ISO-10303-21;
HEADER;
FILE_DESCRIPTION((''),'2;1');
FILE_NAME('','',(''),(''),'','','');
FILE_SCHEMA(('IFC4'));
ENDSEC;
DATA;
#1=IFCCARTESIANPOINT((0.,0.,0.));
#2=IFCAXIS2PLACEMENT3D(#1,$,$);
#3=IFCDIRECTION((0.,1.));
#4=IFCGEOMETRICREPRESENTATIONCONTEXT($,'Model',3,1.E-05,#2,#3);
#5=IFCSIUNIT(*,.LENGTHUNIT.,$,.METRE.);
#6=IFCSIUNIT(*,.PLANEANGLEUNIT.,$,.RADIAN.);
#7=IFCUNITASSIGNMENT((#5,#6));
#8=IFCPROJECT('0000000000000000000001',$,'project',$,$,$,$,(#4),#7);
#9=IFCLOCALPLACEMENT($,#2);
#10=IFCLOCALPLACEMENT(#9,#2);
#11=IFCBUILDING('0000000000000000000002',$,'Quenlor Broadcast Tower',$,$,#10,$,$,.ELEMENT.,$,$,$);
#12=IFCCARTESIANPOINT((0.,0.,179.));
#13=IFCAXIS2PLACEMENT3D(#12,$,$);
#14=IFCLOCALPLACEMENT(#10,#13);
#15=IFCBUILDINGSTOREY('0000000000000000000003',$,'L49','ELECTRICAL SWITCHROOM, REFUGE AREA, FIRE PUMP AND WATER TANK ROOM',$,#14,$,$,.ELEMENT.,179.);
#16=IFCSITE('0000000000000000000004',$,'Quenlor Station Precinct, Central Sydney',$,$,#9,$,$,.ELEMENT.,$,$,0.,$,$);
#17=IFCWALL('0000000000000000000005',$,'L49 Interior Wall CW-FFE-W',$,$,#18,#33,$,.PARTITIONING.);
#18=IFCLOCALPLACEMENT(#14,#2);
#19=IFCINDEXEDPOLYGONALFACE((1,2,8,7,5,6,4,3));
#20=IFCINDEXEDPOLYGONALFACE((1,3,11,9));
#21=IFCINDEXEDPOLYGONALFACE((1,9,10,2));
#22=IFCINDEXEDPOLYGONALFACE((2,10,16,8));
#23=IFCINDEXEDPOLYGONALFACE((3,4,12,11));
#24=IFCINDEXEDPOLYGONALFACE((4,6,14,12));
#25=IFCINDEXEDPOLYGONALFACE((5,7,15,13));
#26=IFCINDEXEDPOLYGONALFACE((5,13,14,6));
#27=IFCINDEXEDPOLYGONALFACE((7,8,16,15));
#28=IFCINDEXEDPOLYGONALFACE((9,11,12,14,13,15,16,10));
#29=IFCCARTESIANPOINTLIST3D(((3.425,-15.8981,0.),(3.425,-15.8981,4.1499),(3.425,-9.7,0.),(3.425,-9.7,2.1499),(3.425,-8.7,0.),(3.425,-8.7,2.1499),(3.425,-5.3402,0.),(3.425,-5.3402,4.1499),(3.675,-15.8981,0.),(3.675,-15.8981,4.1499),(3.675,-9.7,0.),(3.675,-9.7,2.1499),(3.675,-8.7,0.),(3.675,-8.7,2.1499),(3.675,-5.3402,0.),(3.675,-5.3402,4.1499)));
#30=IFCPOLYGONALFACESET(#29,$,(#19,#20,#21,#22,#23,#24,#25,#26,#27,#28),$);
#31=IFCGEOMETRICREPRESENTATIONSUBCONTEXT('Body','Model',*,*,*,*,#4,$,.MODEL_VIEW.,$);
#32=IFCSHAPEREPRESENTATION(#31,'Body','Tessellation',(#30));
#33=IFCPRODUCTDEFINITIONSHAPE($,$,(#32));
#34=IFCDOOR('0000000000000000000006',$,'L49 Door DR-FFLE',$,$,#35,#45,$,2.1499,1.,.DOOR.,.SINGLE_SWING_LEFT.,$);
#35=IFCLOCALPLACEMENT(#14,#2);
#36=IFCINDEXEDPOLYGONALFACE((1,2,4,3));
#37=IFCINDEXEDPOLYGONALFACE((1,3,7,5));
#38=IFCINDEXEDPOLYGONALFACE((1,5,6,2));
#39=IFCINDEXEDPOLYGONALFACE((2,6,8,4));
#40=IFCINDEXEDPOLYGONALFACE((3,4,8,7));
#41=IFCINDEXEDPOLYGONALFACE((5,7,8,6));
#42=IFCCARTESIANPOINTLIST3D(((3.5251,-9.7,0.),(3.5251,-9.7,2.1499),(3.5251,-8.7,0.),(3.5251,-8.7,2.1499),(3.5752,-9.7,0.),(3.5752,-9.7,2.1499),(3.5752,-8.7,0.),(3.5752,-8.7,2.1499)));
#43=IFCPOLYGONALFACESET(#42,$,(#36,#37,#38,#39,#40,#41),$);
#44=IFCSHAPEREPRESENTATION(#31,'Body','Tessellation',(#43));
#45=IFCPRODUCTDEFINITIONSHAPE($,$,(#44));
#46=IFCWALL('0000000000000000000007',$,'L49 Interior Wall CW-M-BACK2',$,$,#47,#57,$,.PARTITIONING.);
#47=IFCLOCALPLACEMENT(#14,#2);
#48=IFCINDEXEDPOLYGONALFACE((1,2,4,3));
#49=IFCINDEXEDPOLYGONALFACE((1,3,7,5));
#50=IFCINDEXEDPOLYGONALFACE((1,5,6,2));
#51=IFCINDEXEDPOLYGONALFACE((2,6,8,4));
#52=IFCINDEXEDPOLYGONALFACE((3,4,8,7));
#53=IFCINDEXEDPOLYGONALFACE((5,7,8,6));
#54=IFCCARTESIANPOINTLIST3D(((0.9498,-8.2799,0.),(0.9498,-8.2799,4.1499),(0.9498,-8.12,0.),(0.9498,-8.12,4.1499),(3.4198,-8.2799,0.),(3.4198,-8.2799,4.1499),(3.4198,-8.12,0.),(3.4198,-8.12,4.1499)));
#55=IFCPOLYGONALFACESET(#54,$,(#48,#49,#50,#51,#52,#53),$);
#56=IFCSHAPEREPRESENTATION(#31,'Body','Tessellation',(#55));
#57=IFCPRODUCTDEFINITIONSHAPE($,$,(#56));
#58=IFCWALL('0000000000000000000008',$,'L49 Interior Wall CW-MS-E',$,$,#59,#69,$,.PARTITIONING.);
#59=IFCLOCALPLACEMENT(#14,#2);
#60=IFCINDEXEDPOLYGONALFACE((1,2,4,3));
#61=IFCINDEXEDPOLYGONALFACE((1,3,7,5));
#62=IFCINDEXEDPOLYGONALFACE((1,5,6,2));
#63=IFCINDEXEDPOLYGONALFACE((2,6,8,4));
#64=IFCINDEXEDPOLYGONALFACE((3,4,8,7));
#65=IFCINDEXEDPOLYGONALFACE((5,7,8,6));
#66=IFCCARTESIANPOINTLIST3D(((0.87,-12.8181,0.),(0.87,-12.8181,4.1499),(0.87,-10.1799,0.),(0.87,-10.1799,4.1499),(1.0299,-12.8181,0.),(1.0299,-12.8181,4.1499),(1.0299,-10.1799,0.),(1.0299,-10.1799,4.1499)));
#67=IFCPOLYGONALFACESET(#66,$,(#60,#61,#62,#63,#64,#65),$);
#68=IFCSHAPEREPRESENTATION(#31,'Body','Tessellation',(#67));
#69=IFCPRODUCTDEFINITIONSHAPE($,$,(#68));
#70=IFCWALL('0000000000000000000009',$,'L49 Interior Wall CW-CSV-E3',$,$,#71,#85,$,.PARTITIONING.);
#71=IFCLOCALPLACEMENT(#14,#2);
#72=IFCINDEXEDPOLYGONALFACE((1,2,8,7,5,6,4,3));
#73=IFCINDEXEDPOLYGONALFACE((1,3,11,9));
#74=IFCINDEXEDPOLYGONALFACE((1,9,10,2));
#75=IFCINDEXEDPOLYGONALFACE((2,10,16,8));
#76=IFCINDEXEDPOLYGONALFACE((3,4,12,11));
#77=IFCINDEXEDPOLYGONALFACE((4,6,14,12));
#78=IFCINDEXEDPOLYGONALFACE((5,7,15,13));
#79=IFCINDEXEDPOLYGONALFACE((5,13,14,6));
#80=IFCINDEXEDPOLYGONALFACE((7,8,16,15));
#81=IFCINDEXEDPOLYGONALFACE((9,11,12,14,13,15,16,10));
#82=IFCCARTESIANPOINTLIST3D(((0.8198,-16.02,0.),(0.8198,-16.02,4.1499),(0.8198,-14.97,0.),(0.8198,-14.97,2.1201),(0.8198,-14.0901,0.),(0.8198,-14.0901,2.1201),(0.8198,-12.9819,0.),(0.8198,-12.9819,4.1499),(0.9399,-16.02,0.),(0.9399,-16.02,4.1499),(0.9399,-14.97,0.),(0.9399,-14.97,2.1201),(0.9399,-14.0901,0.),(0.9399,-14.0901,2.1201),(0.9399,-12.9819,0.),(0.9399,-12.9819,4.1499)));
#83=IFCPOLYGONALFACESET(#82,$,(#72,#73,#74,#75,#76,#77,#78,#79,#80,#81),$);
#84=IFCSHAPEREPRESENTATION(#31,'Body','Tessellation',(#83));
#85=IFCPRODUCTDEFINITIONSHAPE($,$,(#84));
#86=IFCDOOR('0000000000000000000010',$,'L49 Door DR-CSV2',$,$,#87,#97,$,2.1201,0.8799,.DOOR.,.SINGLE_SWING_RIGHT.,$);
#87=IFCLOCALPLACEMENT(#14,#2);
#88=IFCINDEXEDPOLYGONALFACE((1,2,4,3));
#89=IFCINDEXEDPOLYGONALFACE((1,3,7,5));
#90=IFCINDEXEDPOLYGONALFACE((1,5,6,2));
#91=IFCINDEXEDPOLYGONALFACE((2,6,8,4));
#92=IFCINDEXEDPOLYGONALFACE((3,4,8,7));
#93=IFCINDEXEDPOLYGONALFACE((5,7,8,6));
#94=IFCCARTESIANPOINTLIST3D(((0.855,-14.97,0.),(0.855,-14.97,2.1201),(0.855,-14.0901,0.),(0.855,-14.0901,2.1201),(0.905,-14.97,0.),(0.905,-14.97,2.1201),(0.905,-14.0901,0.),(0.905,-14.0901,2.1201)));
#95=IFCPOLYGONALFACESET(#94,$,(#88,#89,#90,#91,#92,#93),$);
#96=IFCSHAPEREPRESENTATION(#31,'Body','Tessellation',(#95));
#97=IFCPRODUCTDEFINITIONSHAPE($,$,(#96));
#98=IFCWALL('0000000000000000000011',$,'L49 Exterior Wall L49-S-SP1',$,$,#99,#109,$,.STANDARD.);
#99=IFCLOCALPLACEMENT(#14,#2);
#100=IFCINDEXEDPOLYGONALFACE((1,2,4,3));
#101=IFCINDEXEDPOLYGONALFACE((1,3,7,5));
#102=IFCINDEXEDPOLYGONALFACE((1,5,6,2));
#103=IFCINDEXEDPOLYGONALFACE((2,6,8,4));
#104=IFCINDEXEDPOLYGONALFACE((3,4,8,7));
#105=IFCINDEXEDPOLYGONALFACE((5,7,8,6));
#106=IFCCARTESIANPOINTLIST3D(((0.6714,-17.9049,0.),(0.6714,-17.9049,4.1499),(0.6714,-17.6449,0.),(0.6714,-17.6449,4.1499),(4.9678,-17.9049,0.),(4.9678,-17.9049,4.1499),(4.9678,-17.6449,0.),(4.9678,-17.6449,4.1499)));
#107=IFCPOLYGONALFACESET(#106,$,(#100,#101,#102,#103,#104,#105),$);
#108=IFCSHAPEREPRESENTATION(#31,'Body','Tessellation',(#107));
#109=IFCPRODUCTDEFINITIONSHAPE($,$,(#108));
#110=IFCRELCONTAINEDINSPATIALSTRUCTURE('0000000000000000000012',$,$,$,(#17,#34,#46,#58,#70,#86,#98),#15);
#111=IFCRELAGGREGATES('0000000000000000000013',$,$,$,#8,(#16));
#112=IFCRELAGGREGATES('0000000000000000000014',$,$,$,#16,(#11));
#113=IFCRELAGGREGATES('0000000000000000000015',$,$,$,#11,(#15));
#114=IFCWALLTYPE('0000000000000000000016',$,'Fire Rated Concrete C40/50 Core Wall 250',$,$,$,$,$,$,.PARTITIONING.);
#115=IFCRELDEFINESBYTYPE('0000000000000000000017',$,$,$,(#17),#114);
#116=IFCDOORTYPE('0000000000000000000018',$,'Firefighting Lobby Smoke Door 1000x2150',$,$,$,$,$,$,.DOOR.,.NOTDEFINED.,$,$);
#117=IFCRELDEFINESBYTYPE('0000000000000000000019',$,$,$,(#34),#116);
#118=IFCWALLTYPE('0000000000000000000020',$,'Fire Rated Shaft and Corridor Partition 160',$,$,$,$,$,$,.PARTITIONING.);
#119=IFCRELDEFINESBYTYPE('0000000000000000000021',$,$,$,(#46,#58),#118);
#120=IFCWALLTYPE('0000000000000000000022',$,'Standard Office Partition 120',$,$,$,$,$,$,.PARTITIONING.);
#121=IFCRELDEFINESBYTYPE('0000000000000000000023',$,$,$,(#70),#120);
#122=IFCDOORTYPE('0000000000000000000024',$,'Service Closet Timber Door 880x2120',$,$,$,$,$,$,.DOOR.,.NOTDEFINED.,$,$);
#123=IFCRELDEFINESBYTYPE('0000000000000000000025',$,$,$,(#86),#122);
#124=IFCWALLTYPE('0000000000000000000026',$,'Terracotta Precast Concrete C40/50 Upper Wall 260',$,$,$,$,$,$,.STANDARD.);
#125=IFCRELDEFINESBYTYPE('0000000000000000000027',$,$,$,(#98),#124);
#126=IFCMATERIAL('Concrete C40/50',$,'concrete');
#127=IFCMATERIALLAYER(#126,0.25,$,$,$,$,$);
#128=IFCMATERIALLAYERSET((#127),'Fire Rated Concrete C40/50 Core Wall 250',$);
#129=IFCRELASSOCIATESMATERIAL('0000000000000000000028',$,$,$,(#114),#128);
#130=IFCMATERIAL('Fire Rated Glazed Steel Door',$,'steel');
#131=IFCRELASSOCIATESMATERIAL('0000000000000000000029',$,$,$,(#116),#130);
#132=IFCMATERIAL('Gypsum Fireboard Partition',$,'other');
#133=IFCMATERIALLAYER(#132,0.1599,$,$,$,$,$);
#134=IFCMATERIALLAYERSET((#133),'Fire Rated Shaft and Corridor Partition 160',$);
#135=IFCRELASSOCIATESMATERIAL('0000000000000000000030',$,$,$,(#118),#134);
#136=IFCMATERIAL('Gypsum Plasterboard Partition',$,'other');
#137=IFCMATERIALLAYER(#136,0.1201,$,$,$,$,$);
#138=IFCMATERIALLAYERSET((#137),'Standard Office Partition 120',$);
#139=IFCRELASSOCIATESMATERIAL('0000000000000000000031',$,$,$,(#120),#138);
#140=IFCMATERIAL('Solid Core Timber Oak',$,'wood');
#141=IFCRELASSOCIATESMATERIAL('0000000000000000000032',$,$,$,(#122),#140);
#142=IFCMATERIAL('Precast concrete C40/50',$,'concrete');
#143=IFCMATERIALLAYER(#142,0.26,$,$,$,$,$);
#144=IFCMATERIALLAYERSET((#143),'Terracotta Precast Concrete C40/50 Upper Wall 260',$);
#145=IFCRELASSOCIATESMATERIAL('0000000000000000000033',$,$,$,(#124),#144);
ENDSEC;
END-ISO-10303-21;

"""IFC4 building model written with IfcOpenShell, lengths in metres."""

from ifc_helpers import new_model, si_unit, direction, frame, frame_2d, origin, place, context, subcontext, project, spatial, rectangle, extrude, material, layer, layer_set, type_object, element, fill, save


model = new_model("IFC4")

# Units and contexts
model_context = context("Model", 3, precision=1e-05, world=origin(), true_north=direction((0.0, 1.0)))
body_context = subcontext(model_context, "Body", "Model", "MODEL_VIEW")
ifc_project = project(units=[si_unit("LENGTHUNIT", "METRE"), si_unit("PLANEANGLEUNIT", "RADIAN")], contexts=[model_context])

# Site, building, storey
site_placement = place(None, origin())
site = spatial("IfcSite", under=ifc_project, at=site_placement, Name="Quenlor Station Precinct, Central Sydney", CompositionType="ELEMENT", RefElevation=0.0)
building_placement = place(site_placement, origin())
building = spatial("IfcBuilding", under=site, at=building_placement, Name="Quenlor Broadcast Tower", CompositionType="ELEMENT")
storey_placement = place(building_placement, frame((0.0, 0.0, 179.0)))
storey = spatial("IfcBuildingStorey", under=building, at=storey_placement, Name="L49", Description="ELECTRICAL SWITCHROOM, REFUGE AREA, FIRE PUMP AND WATER TANK ROOM", CompositionType="ELEMENT", Elevation=179.0)

# Shared definitions
ifc_material_1 = material(Name="Concrete C40/50", Category="concrete")
ifc_layer_1 = layer(ifc_material_1, 0.25)
ifc_layer_set_1 = layer_set([ifc_layer_1], Name="Fire Rated Concrete C40/50 Core Wall 250")
wall_type_1 = type_object("IfcWallType", Name="Fire Rated Concrete C40/50 Core Wall 250", PredefinedType="PARTITIONING", material=ifc_layer_set_1)

# Wall, opening, door
wall_1_placement = place(storey_placement, frame((3.55, -15.8979, 0.0), z_axis=(0.0, 0.0, 1.0), x_axis=(0.0, 1.0, 0.0)))
wall_1 = element("IfcWall", 1, at=wall_1_placement, inside=storey, type_object=wall_type_1, Name="L49 Interior Wall CW-FFE-W", PredefinedType="PARTITIONING", context=body_context, shape_type="SweptSolid", body=[
    extrude(rectangle(XDim=10.5579, YDim=0.25, at=frame_2d((5.2788, 0.0))), origin(), (0.0, 0.0, 1.0), 4.1499),
])
opening_1_placement = place(wall_1_placement, frame((6.198, 0.0, 0.0)))
opening_1 = element("IfcOpeningElement", 2, at=opening_1_placement, cuts=wall_1, PredefinedType="OPENING", context=body_context, shape_type="SweptSolid", body=[
    extrude(rectangle(XDim=1.0, YDim=2.1499, at=frame_2d((0.5, 1.075))), frame((0.0, 0.135, 0.0), z_axis=(0.0, -1.0, 0.0), x_axis=(1.0, 0.0, 0.0)), (0.0, 0.0, 1.0), 0.27),
])
ifc_material_2 = material(Name="Fire Rated Glazed Steel Door", Category="steel")
door_type_1 = type_object("IfcDoorType", Name="Firefighting Lobby Smoke Door 1000x2150", OperationType="NOTDEFINED", PredefinedType="DOOR", material=ifc_material_2)
door_1_placement = place(opening_1_placement, origin())
door_1 = element("IfcDoor", 3, at=door_1_placement, inside=storey, type_object=door_type_1, Name="L49 Door DR-FFLE", OperationType="SINGLE_SWING_LEFT", OverallHeight=2.1499, OverallWidth=1.0, PredefinedType="DOOR", context=body_context, shape_type="SweptSolid", body=[
    extrude(rectangle(XDim=1.0, YDim=2.1499, at=frame_2d((0.5, 1.075))), frame((0.0, 0.0249, 0.0), z_axis=(0.0, -1.0, 0.0), x_axis=(1.0, 0.0, 0.0)), (0.0, 0.0, 1.0), 0.05),
])
fill(opening_1, door_1)

# Walls
ifc_material_3 = material(Name="Gypsum Fireboard Partition", Category="other")
ifc_layer_2 = layer(ifc_material_3, 0.1599)
ifc_layer_set_2 = layer_set([ifc_layer_2], Name="Fire Rated Shaft and Corridor Partition 160")
wall_type_2 = type_object("IfcWallType", Name="Fire Rated Shaft and Corridor Partition 160", PredefinedType="PARTITIONING", material=ifc_layer_set_2)
wall_2_placement = place(storey_placement, frame((0.95, -8.2, 0.0), z_axis=(0.0, 0.0, 1.0), x_axis=(1.0, 0.0, 0.0)))
element("IfcWall", 4, at=wall_2_placement, inside=storey, type_object=wall_type_2, Name="L49 Interior Wall CW-M-BACK2", PredefinedType="PARTITIONING", context=body_context, shape_type="SweptSolid", body=[
    extrude(rectangle(XDim=2.47, YDim=0.1599, at=frame_2d((1.2349, 0.0))), origin(), (0.0, 0.0, 1.0), 4.1499),
])
wall_3_placement = place(storey_placement, frame((0.95, -12.8181, 0.0), z_axis=(0.0, 0.0, 1.0), x_axis=(0.0, 1.0, 0.0)))
element("IfcWall", 5, at=wall_3_placement, inside=storey, type_object=wall_type_2, Name="L49 Interior Wall CW-MS-E", PredefinedType="PARTITIONING", context=body_context, shape_type="SweptSolid", body=[
    extrude(rectangle(XDim=2.6382, YDim=0.1599, at=frame_2d((1.3191, 0.0))), origin(), (0.0, 0.0, 1.0), 4.1499),
])

# Wall, opening, door
ifc_material_4 = material(Name="Gypsum Plasterboard Partition", Category="other")
ifc_layer_3 = layer(ifc_material_4, 0.1201)
ifc_layer_set_3 = layer_set([ifc_layer_3], Name="Standard Office Partition 120")
wall_type_3 = type_object("IfcWallType", Name="Standard Office Partition 120", PredefinedType="PARTITIONING", material=ifc_layer_set_3)
wall_4_placement = place(storey_placement, frame((0.8799, -16.02, 0.0), z_axis=(0.0, 0.0, 1.0), x_axis=(0.0, 1.0, 0.0)))
wall_4 = element("IfcWall", 6, at=wall_4_placement, inside=storey, type_object=wall_type_3, Name="L49 Interior Wall CW-CSV-E3", PredefinedType="PARTITIONING", context=body_context, shape_type="SweptSolid", body=[
    extrude(rectangle(XDim=3.0381, YDim=0.1201, at=frame_2d((1.519, 0.0))), origin(), (0.0, 0.0, 1.0), 4.1499),
])
opening_2_placement = place(wall_4_placement, frame((1.05, 0.0, 0.0)))
opening_2 = element("IfcOpeningElement", 7, at=opening_2_placement, cuts=wall_4, PredefinedType="OPENING", context=body_context, shape_type="SweptSolid", body=[
    extrude(rectangle(XDim=0.8799, YDim=2.1201, at=frame_2d((0.4399, 1.0601))), frame((0.0, 0.0701, 0.0), z_axis=(0.0, -1.0, 0.0), x_axis=(1.0, 0.0, 0.0)), (0.0, 0.0, 1.0), 0.1401),
])
ifc_material_5 = material(Name="Solid Core Timber Oak", Category="wood")
door_type_2 = type_object("IfcDoorType", Name="Service Closet Timber Door 880x2120", OperationType="NOTDEFINED", PredefinedType="DOOR", material=ifc_material_5)
door_2_placement = place(opening_2_placement, origin())
door_2 = element("IfcDoor", 8, at=door_2_placement, inside=storey, type_object=door_type_2, Name="L49 Door DR-CSV2", OperationType="SINGLE_SWING_RIGHT", OverallHeight=2.1201, OverallWidth=0.8799, PredefinedType="DOOR", context=body_context, shape_type="SweptSolid", body=[
    extrude(rectangle(XDim=0.8799, YDim=2.1201, at=frame_2d((0.4399, 1.0601))), frame((0.0, 0.0249, 0.0), z_axis=(0.0, -1.0, 0.0), x_axis=(1.0, 0.0, 0.0)), (0.0, 0.0, 1.0), 0.05),
])
fill(opening_2, door_2)

# Wall
ifc_material_6 = material(Name="Precast concrete C40/50", Category="concrete")
ifc_layer_4 = layer(ifc_material_6, 0.26)
ifc_layer_set_4 = layer_set([ifc_layer_4], Name="Terracotta Precast Concrete C40/50 Upper Wall 260")
wall_type_4 = type_object("IfcWallType", Name="Terracotta Precast Concrete C40/50 Upper Wall 260", PredefinedType="STANDARD", material=ifc_layer_set_4)
wall_5_placement = place(storey_placement, frame((4.9678, -17.7749, 0.0), z_axis=(0.0, 0.0, 1.0), x_axis=(-1.0, 0.0, 0.0)))
element("IfcWall", 9, at=wall_5_placement, inside=storey, type_object=wall_type_4, Name="L49 Exterior Wall L49-S-SP1", PredefinedType="STANDARD", context=body_context, shape_type="SweptSolid", body=[
    extrude(rectangle(XDim=4.2964, YDim=0.26, at=frame_2d((2.1482, 0.0))), origin(), (0.0, 0.0, 1.0), 4.1499),
])

save(model, "model.ifc")
